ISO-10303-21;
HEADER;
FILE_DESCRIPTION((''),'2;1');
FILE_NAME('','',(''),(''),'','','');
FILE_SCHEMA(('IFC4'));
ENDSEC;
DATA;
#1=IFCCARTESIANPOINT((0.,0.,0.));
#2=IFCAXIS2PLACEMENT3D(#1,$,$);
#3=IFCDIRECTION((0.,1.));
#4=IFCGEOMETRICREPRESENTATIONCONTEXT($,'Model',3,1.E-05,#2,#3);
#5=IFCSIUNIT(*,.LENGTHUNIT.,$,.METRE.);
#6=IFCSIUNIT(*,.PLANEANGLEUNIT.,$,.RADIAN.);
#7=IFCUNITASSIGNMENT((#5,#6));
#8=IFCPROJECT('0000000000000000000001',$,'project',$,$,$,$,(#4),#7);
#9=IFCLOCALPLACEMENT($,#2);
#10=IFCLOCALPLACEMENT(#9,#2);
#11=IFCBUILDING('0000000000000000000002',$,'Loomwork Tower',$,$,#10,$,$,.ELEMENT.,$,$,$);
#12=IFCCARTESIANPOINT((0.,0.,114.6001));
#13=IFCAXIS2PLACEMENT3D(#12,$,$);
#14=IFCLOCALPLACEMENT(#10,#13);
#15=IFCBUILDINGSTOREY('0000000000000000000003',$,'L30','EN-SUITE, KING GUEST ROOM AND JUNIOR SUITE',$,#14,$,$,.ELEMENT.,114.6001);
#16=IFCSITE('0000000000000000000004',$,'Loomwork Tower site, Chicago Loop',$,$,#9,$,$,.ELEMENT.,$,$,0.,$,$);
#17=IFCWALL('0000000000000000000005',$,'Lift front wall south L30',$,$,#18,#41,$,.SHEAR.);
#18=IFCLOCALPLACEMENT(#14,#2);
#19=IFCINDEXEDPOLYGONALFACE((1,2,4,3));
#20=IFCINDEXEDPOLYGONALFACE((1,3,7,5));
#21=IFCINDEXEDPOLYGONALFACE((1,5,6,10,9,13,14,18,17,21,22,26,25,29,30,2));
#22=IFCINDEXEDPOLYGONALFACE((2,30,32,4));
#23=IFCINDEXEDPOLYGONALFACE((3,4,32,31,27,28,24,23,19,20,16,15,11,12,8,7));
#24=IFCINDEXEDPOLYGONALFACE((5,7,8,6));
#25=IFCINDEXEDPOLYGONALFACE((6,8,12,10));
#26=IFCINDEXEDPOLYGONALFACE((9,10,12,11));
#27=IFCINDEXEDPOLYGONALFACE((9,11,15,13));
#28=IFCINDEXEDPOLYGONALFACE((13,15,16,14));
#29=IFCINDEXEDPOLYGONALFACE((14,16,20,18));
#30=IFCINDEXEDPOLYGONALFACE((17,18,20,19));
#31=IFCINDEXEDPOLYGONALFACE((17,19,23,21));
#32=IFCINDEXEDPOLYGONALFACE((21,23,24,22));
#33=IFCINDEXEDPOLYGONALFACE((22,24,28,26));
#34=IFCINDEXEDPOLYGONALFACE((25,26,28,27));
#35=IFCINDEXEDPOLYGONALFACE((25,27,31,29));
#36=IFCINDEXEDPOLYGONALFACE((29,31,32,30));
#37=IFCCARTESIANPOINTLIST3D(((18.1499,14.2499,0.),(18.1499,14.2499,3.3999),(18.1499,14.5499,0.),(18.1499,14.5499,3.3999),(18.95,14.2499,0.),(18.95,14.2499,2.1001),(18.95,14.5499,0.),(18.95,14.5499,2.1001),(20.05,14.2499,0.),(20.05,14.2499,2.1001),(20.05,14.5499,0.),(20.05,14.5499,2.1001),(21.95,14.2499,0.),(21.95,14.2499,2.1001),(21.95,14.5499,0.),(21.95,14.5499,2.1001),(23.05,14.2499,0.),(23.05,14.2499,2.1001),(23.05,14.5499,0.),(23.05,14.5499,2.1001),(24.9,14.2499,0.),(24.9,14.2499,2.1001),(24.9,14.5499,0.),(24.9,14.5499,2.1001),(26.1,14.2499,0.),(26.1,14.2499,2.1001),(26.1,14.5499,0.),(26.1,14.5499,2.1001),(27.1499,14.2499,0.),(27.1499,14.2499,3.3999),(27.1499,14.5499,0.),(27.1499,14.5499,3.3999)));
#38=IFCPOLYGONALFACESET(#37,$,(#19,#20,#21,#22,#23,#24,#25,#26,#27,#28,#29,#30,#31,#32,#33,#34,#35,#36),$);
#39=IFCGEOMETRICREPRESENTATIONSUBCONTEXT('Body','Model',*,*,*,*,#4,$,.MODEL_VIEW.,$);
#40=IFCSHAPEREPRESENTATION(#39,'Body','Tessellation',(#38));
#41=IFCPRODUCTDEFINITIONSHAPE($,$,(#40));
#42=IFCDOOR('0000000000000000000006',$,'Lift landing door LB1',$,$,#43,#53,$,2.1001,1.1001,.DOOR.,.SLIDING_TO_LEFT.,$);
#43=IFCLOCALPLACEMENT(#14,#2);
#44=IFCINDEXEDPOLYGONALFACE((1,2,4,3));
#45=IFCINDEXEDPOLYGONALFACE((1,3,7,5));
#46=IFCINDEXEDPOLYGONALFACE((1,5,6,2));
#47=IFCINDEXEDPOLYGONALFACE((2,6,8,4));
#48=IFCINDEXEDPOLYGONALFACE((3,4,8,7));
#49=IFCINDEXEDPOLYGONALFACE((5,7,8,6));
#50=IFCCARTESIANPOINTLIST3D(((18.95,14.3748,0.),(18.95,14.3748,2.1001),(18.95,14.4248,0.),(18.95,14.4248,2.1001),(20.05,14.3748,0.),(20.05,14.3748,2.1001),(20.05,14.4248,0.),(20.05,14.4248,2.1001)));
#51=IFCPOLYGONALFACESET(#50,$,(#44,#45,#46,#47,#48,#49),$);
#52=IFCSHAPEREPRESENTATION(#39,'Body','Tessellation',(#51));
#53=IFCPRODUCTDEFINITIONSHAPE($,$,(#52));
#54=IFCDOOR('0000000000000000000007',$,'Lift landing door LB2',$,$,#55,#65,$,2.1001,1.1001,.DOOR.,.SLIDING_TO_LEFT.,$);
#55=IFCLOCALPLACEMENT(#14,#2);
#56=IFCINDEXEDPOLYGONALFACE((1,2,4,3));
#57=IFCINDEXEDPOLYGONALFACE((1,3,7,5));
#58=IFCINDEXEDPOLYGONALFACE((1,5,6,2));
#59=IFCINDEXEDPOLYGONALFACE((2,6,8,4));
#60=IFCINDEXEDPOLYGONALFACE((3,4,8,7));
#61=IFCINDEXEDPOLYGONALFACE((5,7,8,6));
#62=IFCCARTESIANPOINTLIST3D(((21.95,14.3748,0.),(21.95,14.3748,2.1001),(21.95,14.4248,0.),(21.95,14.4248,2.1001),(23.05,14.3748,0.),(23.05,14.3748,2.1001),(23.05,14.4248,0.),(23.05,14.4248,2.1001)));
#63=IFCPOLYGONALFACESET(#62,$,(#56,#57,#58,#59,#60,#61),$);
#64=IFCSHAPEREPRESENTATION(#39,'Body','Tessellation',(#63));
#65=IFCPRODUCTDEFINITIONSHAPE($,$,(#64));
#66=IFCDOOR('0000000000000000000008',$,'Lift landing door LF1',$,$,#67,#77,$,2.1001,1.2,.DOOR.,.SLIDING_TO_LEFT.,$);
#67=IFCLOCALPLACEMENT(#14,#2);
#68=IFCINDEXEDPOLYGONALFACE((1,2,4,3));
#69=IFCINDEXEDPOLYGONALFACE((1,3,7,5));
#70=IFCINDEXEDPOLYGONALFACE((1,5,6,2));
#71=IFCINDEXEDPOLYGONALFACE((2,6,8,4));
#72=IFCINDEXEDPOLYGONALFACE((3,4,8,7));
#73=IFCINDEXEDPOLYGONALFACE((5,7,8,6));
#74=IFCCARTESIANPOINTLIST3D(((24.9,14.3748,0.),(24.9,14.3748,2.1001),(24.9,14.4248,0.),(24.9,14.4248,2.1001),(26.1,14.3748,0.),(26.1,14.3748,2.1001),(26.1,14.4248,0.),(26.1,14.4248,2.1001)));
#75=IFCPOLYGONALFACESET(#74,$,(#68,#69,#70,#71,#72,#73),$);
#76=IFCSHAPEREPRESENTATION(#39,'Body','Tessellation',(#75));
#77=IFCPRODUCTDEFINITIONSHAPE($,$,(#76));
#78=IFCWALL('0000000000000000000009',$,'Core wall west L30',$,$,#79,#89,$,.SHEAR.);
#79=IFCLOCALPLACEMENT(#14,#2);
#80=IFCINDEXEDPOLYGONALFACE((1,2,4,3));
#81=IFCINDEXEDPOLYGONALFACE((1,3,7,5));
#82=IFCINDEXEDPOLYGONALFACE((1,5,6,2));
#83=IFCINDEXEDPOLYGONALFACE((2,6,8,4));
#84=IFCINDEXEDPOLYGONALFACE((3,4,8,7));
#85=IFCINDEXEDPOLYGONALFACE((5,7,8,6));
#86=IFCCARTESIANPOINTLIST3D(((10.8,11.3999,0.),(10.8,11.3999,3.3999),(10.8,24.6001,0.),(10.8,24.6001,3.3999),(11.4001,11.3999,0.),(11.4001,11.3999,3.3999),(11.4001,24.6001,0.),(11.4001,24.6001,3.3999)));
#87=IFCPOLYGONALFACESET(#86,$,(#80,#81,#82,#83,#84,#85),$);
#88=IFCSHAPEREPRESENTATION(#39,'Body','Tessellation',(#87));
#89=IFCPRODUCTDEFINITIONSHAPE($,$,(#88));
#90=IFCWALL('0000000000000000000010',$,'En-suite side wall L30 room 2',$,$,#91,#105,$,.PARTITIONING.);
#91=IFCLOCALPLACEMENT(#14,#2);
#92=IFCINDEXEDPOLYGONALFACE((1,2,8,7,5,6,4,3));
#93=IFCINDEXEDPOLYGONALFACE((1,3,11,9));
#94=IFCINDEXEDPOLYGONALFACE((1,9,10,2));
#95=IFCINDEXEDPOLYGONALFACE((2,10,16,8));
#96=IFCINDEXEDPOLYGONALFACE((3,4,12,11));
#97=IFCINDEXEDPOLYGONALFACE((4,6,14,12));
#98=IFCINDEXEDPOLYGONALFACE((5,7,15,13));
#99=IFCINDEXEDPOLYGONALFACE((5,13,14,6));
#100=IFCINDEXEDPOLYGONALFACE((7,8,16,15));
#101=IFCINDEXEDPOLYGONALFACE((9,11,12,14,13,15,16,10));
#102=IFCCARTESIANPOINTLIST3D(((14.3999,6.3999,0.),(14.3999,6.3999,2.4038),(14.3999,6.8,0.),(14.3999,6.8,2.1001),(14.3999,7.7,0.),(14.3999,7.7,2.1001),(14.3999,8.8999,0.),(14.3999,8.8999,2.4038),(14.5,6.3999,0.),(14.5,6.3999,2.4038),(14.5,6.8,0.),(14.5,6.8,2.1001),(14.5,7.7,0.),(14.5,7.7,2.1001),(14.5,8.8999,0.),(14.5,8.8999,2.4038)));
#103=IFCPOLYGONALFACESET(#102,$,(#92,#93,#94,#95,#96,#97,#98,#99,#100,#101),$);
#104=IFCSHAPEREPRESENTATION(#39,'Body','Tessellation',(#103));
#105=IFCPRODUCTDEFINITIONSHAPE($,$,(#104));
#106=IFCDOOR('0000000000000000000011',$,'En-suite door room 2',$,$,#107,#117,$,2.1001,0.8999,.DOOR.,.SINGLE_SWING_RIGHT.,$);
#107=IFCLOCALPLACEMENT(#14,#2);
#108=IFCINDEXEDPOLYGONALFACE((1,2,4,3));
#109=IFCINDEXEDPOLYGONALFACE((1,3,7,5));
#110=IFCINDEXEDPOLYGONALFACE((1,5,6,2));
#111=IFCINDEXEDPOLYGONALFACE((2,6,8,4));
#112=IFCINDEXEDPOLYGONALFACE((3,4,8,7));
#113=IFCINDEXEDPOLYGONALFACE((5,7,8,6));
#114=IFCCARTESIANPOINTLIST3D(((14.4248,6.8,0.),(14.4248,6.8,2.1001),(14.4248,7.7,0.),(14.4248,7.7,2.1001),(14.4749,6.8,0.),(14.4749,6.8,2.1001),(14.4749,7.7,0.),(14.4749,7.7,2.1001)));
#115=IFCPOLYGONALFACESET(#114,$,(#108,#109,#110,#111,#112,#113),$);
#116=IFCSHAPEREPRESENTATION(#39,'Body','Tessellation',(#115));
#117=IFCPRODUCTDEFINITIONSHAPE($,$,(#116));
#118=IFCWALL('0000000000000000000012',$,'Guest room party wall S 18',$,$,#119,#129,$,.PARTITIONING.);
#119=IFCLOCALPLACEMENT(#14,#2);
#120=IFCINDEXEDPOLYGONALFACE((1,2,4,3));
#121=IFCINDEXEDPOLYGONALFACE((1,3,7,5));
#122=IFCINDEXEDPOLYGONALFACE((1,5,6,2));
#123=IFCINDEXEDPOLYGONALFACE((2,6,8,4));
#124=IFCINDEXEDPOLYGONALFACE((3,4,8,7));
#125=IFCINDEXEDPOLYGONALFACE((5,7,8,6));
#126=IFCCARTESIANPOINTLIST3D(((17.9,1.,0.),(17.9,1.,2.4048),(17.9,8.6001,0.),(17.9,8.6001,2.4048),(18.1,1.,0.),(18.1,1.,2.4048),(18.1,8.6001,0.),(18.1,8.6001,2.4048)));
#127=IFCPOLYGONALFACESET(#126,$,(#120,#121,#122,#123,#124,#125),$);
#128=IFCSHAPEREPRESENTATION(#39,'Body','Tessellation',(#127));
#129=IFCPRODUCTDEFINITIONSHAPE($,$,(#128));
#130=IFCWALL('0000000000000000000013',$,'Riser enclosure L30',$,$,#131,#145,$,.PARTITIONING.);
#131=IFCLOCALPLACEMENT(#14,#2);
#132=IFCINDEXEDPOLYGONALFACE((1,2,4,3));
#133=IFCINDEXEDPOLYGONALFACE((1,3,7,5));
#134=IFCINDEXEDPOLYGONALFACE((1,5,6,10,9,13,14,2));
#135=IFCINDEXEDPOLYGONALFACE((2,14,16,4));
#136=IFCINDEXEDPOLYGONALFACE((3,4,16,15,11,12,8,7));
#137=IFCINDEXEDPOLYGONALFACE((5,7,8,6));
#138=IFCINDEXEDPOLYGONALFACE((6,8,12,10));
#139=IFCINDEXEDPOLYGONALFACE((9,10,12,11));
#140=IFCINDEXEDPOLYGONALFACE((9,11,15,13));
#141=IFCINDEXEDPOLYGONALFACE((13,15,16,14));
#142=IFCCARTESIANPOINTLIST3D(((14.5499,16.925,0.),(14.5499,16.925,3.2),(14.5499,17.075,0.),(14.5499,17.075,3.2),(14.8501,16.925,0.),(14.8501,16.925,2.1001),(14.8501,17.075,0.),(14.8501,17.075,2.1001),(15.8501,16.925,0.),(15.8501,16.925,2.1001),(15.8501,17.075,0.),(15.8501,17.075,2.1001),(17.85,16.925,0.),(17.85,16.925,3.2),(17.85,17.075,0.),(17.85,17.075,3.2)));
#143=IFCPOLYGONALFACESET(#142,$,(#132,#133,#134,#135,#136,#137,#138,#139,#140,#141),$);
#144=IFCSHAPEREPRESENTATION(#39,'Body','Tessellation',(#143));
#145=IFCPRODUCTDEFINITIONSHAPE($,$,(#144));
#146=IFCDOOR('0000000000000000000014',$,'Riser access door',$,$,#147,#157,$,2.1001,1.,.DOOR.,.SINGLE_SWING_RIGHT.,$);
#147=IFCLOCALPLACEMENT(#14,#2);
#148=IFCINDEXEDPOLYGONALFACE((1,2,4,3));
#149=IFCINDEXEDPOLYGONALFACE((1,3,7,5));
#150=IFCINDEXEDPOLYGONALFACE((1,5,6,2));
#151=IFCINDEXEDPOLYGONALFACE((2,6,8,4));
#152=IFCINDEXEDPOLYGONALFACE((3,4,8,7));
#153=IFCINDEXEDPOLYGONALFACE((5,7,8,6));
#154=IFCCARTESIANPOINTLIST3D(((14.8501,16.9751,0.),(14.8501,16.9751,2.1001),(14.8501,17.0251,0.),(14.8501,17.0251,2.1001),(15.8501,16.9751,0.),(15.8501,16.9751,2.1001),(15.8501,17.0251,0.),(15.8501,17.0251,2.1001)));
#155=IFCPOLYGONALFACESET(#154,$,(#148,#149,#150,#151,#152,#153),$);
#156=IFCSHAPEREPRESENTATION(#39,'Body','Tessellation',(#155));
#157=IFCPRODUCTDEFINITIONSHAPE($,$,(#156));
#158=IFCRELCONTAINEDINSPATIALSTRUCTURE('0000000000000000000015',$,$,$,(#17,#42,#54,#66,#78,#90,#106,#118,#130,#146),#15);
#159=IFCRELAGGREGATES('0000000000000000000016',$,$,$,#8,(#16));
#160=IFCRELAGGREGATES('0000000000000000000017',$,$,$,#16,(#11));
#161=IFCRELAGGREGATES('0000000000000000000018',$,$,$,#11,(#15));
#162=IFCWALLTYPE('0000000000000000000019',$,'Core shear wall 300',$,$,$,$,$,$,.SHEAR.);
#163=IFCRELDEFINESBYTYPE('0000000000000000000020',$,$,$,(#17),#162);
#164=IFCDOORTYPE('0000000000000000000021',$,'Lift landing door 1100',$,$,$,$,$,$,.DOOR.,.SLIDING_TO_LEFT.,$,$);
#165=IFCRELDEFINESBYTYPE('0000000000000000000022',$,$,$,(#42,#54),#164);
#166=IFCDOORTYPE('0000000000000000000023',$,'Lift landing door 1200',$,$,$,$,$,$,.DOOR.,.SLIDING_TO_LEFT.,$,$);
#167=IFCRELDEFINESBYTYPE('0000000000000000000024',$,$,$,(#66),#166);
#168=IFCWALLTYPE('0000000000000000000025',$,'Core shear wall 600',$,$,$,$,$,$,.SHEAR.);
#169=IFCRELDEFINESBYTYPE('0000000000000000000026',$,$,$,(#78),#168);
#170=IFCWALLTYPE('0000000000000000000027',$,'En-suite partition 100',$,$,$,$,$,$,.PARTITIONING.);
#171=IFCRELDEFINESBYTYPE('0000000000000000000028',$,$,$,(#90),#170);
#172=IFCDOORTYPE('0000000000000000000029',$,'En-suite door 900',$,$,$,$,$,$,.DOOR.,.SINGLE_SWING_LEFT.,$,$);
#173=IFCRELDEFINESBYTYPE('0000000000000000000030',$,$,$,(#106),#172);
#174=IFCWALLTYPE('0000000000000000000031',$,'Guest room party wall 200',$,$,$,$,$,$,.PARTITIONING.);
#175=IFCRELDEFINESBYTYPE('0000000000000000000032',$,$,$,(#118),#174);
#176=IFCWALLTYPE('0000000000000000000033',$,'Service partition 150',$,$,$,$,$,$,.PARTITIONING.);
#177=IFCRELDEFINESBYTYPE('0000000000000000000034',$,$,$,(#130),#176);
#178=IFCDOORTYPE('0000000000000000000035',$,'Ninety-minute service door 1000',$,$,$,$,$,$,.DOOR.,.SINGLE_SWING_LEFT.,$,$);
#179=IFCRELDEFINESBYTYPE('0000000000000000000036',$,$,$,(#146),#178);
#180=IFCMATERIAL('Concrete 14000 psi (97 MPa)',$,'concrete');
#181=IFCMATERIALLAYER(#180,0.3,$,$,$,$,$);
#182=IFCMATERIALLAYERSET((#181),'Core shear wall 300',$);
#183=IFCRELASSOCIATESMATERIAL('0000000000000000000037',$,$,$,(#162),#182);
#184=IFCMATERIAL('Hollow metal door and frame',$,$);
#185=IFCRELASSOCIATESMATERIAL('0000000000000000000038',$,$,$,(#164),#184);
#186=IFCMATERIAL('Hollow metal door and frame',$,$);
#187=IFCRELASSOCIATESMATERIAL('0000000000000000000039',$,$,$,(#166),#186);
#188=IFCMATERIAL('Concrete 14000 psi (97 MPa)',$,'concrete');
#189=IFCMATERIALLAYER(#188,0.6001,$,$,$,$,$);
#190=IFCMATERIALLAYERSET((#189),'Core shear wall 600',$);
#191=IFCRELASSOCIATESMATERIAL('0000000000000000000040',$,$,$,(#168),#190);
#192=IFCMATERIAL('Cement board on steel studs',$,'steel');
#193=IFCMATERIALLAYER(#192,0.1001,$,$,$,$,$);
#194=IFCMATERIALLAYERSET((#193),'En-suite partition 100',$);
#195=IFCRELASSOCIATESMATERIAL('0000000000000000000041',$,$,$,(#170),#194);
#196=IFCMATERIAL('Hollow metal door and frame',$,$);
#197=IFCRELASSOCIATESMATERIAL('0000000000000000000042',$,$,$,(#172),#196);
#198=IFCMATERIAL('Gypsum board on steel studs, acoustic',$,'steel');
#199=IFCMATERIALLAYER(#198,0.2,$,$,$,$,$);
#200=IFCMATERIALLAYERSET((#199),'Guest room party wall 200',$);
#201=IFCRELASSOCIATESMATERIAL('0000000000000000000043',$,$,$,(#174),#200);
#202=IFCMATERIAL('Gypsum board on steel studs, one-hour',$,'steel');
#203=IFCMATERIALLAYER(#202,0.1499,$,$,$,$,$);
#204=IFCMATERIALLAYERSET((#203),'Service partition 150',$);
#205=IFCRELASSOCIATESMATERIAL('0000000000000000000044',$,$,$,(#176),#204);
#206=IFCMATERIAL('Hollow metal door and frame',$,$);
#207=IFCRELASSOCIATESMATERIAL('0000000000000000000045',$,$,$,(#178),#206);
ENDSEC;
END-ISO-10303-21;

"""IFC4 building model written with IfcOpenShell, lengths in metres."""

from ifc_helpers import new_model, si_unit, direction, frame, frame_2d, origin, place, context, subcontext, project, spatial, rectangle, extrude, material, layer, layer_set, type_object, element, fill, save


model = new_model("IFC4")

# Units and contexts
model_context = context("Model", 3, precision=1e-05, world=origin(), true_north=direction((0.0, 1.0)))
body_context = subcontext(model_context, "Body", "Model", "MODEL_VIEW")
ifc_project = project(units=[si_unit("LENGTHUNIT", "METRE"), si_unit("PLANEANGLEUNIT", "RADIAN")], contexts=[model_context])

# Site, building, storey
site_placement = place(None, origin())
site = spatial("IfcSite", under=ifc_project, at=site_placement, Name="Loomwork Tower site, Chicago Loop", CompositionType="ELEMENT", RefElevation=0.0)
building_placement = place(site_placement, origin())
building = spatial("IfcBuilding", under=site, at=building_placement, Name="Loomwork Tower", CompositionType="ELEMENT")
storey_placement = place(building_placement, frame((0.0, 0.0, 114.6001)))
storey = spatial("IfcBuildingStorey", under=building, at=storey_placement, Name="L30", Description="EN-SUITE, KING GUEST ROOM AND JUNIOR SUITE", CompositionType="ELEMENT", Elevation=114.6001)

# Shared definitions
ifc_material_1 = material(Name="Concrete 14000 psi (97 MPa)", Category="concrete")
ifc_layer_1 = layer(ifc_material_1, 0.3)
ifc_layer_set_1 = layer_set([ifc_layer_1], Name="Core shear wall 300")
wall_type_1 = type_object("IfcWallType", Name="Core shear wall 300", PredefinedType="SHEAR", material=ifc_layer_set_1)

# Wall, openings, doors
wall_1_placement = place(storey_placement, frame((18.1499, 14.3999, 0.0), z_axis=(0.0, 0.0, 1.0), x_axis=(1.0, 0.0, 0.0)))
wall_1 = element("IfcWall", 1, at=wall_1_placement, inside=storey, type_object=wall_type_1, Name="Lift front wall south L30", PredefinedType="SHEAR", context=body_context, shape_type="SweptSolid", body=[
    extrude(rectangle(XDim=9.0, YDim=0.3, at=frame_2d((4.5, 0.0))), origin(), (0.0, 0.0, 1.0), 3.3999),
])
opening_1_placement = place(wall_1_placement, frame((0.8, 0.0, 0.0)))
opening_1 = element("IfcOpeningElement", 2, at=opening_1_placement, cuts=wall_1, PredefinedType="OPENING", context=body_context, shape_type="SweptSolid", body=[
    extrude(rectangle(XDim=1.1001, YDim=2.1001, at=frame_2d((0.55, 1.05))), frame((0.0, 0.1599, 0.0), z_axis=(0.0, -1.0, 0.0), x_axis=(1.0, 0.0, 0.0)), (0.0, 0.0, 1.0), 0.3201),
])
opening_2_placement = place(wall_1_placement, frame((3.8, 0.0, 0.0)))
opening_2 = element("IfcOpeningElement", 3, at=opening_2_placement, cuts=wall_1, PredefinedType="OPENING", context=body_context, shape_type="SweptSolid", body=[
    extrude(rectangle(XDim=1.1001, YDim=2.1001, at=frame_2d((0.55, 1.05))), frame((0.0, 0.1599, 0.0), z_axis=(0.0, -1.0, 0.0), x_axis=(1.0, 0.0, 0.0)), (0.0, 0.0, 1.0), 0.3201),
])
opening_3_placement = place(wall_1_placement, frame((6.75, 0.0, 0.0)))
opening_3 = element("IfcOpeningElement", 4, at=opening_3_placement, cuts=wall_1, PredefinedType="OPENING", context=body_context, shape_type="SweptSolid", body=[
    extrude(rectangle(XDim=1.2, YDim=2.1001, at=frame_2d((0.6001, 1.05))), frame((0.0, 0.1599, 0.0), z_axis=(0.0, -1.0, 0.0), x_axis=(1.0, 0.0, 0.0)), (0.0, 0.0, 1.0), 0.3201),
])
ifc_material_2 = material(Name="Hollow metal door and frame")
door_type_1 = type_object("IfcDoorType", Name="Lift landing door 1100", OperationType="SLIDING_TO_LEFT", PredefinedType="DOOR", material=ifc_material_2)
door_1_placement = place(opening_1_placement, origin())
door_1 = element("IfcDoor", 5, at=door_1_placement, inside=storey, type_object=door_type_1, Name="Lift landing door LB1", OperationType="SLIDING_TO_LEFT", OverallHeight=2.1001, OverallWidth=1.1001, PredefinedType="DOOR", context=body_context, shape_type="SweptSolid", body=[
    extrude(rectangle(XDim=1.1001, YDim=2.1001, at=frame_2d((0.55, 1.05))), frame((0.0, 0.0249, 0.0), z_axis=(0.0, -1.0, 0.0), x_axis=(1.0, 0.0, 0.0)), (0.0, 0.0, 1.0), 0.05),
])
fill(opening_1, door_1)
door_2_placement = place(opening_2_placement, origin())
door_2 = element("IfcDoor", 6, at=door_2_placement, inside=storey, type_object=door_type_1, Name="Lift landing door LB2", OperationType="SLIDING_TO_LEFT", OverallHeight=2.1001, OverallWidth=1.1001, PredefinedType="DOOR", context=body_context, shape_type="SweptSolid", body=[
    extrude(rectangle(XDim=1.1001, YDim=2.1001, at=frame_2d((0.55, 1.05))), frame((0.0, 0.0249, 0.0), z_axis=(0.0, -1.0, 0.0), x_axis=(1.0, 0.0, 0.0)), (0.0, 0.0, 1.0), 0.05),
])
fill(opening_2, door_2)
ifc_material_3 = material(Name="Hollow metal door and frame")
door_type_2 = type_object("IfcDoorType", Name="Lift landing door 1200", OperationType="SLIDING_TO_LEFT", PredefinedType="DOOR", material=ifc_material_3)
door_3_placement = place(opening_3_placement, origin())
door_3 = element("IfcDoor", 7, at=door_3_placement, inside=storey, type_object=door_type_2, Name="Lift landing door LF1", OperationType="SLIDING_TO_LEFT", OverallHeight=2.1001, OverallWidth=1.2, PredefinedType="DOOR", context=body_context, shape_type="SweptSolid", body=[
    extrude(rectangle(XDim=1.2, YDim=2.1001, at=frame_2d((0.6001, 1.05))), frame((0.0, 0.0249, 0.0), z_axis=(0.0, -1.0, 0.0), x_axis=(1.0, 0.0, 0.0)), (0.0, 0.0, 1.0), 0.05),
])
fill(opening_3, door_3)

# Wall
ifc_material_4 = material(Name="Concrete 14000 psi (97 MPa)", Category="concrete")
ifc_layer_2 = layer(ifc_material_4, 0.6001)
ifc_layer_set_2 = layer_set([ifc_layer_2], Name="Core shear wall 600")
wall_type_2 = type_object("IfcWallType", Name="Core shear wall 600", PredefinedType="SHEAR", material=ifc_layer_set_2)
wall_2_placement = place(storey_placement, frame((11.1001, 11.3999, 0.0), z_axis=(0.0, 0.0, 1.0), x_axis=(0.0, 1.0, 0.0)))
element("IfcWall", 8, at=wall_2_placement, inside=storey, type_object=wall_type_2, Name="Core wall west L30", PredefinedType="SHEAR", context=body_context, shape_type="SweptSolid", body=[
    extrude(rectangle(XDim=13.2002, YDim=0.6001, at=frame_2d((6.6001, 0.0))), origin(), (0.0, 0.0, 1.0), 3.3999),
])

# Wall, opening, door
ifc_material_5 = material(Name="Cement board on steel studs", Category="steel")
ifc_layer_3 = layer(ifc_material_5, 0.1001)
ifc_layer_set_3 = layer_set([ifc_layer_3], Name="En-suite partition 100")
wall_type_3 = type_object("IfcWallType", Name="En-suite partition 100", PredefinedType="PARTITIONING", material=ifc_layer_set_3)
wall_3_placement = place(storey_placement, frame((14.45, 8.8999, 0.0), z_axis=(0.0, 0.0, 1.0), x_axis=(0.0, -1.0, 0.0)))
wall_3 = element("IfcWall", 9, at=wall_3_placement, inside=storey, type_object=wall_type_3, Name="En-suite side wall L30 room 2", PredefinedType="PARTITIONING", context=body_context, shape_type="SweptSolid", body=[
    extrude(rectangle(XDim=2.5, YDim=0.1001, at=frame_2d((1.25, 0.0))), origin(), (0.0, 0.0, 1.0), 2.4038),
])
opening_4_placement = place(wall_3_placement, frame((1.2, 0.0, 0.0)))
opening_4 = element("IfcOpeningElement", 10, at=opening_4_placement, cuts=wall_3, PredefinedType="OPENING", context=body_context, shape_type="SweptSolid", body=[
    extrude(rectangle(XDim=0.8999, YDim=2.1001, at=frame_2d((0.45, 1.05))), frame((0.0, 0.0601, 0.0), z_axis=(0.0, -1.0, 0.0), x_axis=(1.0, 0.0, 0.0)), (0.0, 0.0, 1.0), 0.1201),
])
ifc_material_6 = material(Name="Hollow metal door and frame")
door_type_3 = type_object("IfcDoorType", Name="En-suite door 900", OperationType="SINGLE_SWING_LEFT", PredefinedType="DOOR", material=ifc_material_6)
door_4_placement = place(opening_4_placement, origin())
door_4 = element("IfcDoor", 11, at=door_4_placement, inside=storey, type_object=door_type_3, Name="En-suite door room 2", OperationType="SINGLE_SWING_RIGHT", OverallHeight=2.1001, OverallWidth=0.8999, PredefinedType="DOOR", context=body_context, shape_type="SweptSolid", body=[
    extrude(rectangle(XDim=0.8999, YDim=2.1001, at=frame_2d((0.45, 1.05))), frame((0.0, 0.0249, 0.0), z_axis=(0.0, -1.0, 0.0), x_axis=(1.0, 0.0, 0.0)), (0.0, 0.0, 1.0), 0.05),
])
fill(opening_4, door_4)

# Wall
ifc_material_7 = material(Name="Gypsum board on steel studs, acoustic", Category="steel")
ifc_layer_4 = layer(ifc_material_7, 0.2)
ifc_layer_set_4 = layer_set([ifc_layer_4], Name="Guest room party wall 200")
wall_type_4 = type_object("IfcWallType", Name="Guest room party wall 200", PredefinedType="PARTITIONING", material=ifc_layer_set_4)
wall_4_placement = place(storey_placement, frame((18.0, 8.6001, 0.0), z_axis=(0.0, 0.0, 1.0), x_axis=(0.0, -1.0, 0.0)))
element("IfcWall", 12, at=wall_4_placement, inside=storey, type_object=wall_type_4, Name="Guest room party wall S 18", PredefinedType="PARTITIONING", context=body_context, shape_type="SweptSolid", body=[
    extrude(rectangle(XDim=7.6001, YDim=0.2, at=frame_2d((3.8, 0.0))), origin(), (0.0, 0.0, 1.0), 2.4048),
])

# Wall, opening, door
ifc_material_8 = material(Name="Gypsum board on steel studs, one-hour", Category="steel")
ifc_layer_5 = layer(ifc_material_8, 0.1499)
ifc_layer_set_5 = layer_set([ifc_layer_5], Name="Service partition 150")
wall_type_5 = type_object("IfcWallType", Name="Service partition 150", PredefinedType="PARTITIONING", material=ifc_layer_set_5)
wall_5_placement = place(storey_placement, frame((14.55, 17.0, 0.0), z_axis=(0.0, 0.0, 1.0), x_axis=(1.0, 0.0, 0.0)))
wall_5 = element("IfcWall", 13, at=wall_5_placement, inside=storey, type_object=wall_type_5, Name="Riser enclosure L30", PredefinedType="PARTITIONING", context=body_context, shape_type="SweptSolid", body=[
    extrude(rectangle(XDim=3.3, YDim=0.1499, at=frame_2d((1.6499, 0.0))), origin(), (0.0, 0.0, 1.0), 3.2),
])
opening_5_placement = place(wall_5_placement, frame((0.3, 0.0, 0.0)))
opening_5 = element("IfcOpeningElement", 14, at=opening_5_placement, cuts=wall_5, PredefinedType="OPENING", context=body_context, shape_type="SweptSolid", body=[
    extrude(rectangle(XDim=1.0, YDim=2.1001, at=frame_2d((0.5, 1.05))), frame((0.0, 0.085, 0.0), z_axis=(0.0, -1.0, 0.0), x_axis=(1.0, 0.0, 0.0)), (0.0, 0.0, 1.0), 0.1699),
])
ifc_material_9 = material(Name="Hollow metal door and frame")
door_type_4 = type_object("IfcDoorType", Name="Ninety-minute service door 1000", OperationType="SINGLE_SWING_LEFT", PredefinedType="DOOR", material=ifc_material_9)
door_5_placement = place(opening_5_placement, frame((1.0, 0.0, 0.0), z_axis=(0.0, 0.0, 1.0), x_axis=(-1.0, 0.0, 0.0)))
door_5 = element("IfcDoor", 15, at=door_5_placement, inside=storey, type_object=door_type_4, Name="Riser access door", OperationType="SINGLE_SWING_RIGHT", OverallHeight=2.1001, OverallWidth=1.0, PredefinedType="DOOR", context=body_context, shape_type="SweptSolid", body=[
    extrude(rectangle(XDim=1.0, YDim=2.1001, at=frame_2d((0.5, 1.05))), frame((0.0, 0.0249, 0.0), z_axis=(0.0, -1.0, 0.0), x_axis=(1.0, 0.0, 0.0)), (0.0, 0.0, 1.0), 0.05),
])
fill(opening_5, door_5)

save(model, "model.ifc")
